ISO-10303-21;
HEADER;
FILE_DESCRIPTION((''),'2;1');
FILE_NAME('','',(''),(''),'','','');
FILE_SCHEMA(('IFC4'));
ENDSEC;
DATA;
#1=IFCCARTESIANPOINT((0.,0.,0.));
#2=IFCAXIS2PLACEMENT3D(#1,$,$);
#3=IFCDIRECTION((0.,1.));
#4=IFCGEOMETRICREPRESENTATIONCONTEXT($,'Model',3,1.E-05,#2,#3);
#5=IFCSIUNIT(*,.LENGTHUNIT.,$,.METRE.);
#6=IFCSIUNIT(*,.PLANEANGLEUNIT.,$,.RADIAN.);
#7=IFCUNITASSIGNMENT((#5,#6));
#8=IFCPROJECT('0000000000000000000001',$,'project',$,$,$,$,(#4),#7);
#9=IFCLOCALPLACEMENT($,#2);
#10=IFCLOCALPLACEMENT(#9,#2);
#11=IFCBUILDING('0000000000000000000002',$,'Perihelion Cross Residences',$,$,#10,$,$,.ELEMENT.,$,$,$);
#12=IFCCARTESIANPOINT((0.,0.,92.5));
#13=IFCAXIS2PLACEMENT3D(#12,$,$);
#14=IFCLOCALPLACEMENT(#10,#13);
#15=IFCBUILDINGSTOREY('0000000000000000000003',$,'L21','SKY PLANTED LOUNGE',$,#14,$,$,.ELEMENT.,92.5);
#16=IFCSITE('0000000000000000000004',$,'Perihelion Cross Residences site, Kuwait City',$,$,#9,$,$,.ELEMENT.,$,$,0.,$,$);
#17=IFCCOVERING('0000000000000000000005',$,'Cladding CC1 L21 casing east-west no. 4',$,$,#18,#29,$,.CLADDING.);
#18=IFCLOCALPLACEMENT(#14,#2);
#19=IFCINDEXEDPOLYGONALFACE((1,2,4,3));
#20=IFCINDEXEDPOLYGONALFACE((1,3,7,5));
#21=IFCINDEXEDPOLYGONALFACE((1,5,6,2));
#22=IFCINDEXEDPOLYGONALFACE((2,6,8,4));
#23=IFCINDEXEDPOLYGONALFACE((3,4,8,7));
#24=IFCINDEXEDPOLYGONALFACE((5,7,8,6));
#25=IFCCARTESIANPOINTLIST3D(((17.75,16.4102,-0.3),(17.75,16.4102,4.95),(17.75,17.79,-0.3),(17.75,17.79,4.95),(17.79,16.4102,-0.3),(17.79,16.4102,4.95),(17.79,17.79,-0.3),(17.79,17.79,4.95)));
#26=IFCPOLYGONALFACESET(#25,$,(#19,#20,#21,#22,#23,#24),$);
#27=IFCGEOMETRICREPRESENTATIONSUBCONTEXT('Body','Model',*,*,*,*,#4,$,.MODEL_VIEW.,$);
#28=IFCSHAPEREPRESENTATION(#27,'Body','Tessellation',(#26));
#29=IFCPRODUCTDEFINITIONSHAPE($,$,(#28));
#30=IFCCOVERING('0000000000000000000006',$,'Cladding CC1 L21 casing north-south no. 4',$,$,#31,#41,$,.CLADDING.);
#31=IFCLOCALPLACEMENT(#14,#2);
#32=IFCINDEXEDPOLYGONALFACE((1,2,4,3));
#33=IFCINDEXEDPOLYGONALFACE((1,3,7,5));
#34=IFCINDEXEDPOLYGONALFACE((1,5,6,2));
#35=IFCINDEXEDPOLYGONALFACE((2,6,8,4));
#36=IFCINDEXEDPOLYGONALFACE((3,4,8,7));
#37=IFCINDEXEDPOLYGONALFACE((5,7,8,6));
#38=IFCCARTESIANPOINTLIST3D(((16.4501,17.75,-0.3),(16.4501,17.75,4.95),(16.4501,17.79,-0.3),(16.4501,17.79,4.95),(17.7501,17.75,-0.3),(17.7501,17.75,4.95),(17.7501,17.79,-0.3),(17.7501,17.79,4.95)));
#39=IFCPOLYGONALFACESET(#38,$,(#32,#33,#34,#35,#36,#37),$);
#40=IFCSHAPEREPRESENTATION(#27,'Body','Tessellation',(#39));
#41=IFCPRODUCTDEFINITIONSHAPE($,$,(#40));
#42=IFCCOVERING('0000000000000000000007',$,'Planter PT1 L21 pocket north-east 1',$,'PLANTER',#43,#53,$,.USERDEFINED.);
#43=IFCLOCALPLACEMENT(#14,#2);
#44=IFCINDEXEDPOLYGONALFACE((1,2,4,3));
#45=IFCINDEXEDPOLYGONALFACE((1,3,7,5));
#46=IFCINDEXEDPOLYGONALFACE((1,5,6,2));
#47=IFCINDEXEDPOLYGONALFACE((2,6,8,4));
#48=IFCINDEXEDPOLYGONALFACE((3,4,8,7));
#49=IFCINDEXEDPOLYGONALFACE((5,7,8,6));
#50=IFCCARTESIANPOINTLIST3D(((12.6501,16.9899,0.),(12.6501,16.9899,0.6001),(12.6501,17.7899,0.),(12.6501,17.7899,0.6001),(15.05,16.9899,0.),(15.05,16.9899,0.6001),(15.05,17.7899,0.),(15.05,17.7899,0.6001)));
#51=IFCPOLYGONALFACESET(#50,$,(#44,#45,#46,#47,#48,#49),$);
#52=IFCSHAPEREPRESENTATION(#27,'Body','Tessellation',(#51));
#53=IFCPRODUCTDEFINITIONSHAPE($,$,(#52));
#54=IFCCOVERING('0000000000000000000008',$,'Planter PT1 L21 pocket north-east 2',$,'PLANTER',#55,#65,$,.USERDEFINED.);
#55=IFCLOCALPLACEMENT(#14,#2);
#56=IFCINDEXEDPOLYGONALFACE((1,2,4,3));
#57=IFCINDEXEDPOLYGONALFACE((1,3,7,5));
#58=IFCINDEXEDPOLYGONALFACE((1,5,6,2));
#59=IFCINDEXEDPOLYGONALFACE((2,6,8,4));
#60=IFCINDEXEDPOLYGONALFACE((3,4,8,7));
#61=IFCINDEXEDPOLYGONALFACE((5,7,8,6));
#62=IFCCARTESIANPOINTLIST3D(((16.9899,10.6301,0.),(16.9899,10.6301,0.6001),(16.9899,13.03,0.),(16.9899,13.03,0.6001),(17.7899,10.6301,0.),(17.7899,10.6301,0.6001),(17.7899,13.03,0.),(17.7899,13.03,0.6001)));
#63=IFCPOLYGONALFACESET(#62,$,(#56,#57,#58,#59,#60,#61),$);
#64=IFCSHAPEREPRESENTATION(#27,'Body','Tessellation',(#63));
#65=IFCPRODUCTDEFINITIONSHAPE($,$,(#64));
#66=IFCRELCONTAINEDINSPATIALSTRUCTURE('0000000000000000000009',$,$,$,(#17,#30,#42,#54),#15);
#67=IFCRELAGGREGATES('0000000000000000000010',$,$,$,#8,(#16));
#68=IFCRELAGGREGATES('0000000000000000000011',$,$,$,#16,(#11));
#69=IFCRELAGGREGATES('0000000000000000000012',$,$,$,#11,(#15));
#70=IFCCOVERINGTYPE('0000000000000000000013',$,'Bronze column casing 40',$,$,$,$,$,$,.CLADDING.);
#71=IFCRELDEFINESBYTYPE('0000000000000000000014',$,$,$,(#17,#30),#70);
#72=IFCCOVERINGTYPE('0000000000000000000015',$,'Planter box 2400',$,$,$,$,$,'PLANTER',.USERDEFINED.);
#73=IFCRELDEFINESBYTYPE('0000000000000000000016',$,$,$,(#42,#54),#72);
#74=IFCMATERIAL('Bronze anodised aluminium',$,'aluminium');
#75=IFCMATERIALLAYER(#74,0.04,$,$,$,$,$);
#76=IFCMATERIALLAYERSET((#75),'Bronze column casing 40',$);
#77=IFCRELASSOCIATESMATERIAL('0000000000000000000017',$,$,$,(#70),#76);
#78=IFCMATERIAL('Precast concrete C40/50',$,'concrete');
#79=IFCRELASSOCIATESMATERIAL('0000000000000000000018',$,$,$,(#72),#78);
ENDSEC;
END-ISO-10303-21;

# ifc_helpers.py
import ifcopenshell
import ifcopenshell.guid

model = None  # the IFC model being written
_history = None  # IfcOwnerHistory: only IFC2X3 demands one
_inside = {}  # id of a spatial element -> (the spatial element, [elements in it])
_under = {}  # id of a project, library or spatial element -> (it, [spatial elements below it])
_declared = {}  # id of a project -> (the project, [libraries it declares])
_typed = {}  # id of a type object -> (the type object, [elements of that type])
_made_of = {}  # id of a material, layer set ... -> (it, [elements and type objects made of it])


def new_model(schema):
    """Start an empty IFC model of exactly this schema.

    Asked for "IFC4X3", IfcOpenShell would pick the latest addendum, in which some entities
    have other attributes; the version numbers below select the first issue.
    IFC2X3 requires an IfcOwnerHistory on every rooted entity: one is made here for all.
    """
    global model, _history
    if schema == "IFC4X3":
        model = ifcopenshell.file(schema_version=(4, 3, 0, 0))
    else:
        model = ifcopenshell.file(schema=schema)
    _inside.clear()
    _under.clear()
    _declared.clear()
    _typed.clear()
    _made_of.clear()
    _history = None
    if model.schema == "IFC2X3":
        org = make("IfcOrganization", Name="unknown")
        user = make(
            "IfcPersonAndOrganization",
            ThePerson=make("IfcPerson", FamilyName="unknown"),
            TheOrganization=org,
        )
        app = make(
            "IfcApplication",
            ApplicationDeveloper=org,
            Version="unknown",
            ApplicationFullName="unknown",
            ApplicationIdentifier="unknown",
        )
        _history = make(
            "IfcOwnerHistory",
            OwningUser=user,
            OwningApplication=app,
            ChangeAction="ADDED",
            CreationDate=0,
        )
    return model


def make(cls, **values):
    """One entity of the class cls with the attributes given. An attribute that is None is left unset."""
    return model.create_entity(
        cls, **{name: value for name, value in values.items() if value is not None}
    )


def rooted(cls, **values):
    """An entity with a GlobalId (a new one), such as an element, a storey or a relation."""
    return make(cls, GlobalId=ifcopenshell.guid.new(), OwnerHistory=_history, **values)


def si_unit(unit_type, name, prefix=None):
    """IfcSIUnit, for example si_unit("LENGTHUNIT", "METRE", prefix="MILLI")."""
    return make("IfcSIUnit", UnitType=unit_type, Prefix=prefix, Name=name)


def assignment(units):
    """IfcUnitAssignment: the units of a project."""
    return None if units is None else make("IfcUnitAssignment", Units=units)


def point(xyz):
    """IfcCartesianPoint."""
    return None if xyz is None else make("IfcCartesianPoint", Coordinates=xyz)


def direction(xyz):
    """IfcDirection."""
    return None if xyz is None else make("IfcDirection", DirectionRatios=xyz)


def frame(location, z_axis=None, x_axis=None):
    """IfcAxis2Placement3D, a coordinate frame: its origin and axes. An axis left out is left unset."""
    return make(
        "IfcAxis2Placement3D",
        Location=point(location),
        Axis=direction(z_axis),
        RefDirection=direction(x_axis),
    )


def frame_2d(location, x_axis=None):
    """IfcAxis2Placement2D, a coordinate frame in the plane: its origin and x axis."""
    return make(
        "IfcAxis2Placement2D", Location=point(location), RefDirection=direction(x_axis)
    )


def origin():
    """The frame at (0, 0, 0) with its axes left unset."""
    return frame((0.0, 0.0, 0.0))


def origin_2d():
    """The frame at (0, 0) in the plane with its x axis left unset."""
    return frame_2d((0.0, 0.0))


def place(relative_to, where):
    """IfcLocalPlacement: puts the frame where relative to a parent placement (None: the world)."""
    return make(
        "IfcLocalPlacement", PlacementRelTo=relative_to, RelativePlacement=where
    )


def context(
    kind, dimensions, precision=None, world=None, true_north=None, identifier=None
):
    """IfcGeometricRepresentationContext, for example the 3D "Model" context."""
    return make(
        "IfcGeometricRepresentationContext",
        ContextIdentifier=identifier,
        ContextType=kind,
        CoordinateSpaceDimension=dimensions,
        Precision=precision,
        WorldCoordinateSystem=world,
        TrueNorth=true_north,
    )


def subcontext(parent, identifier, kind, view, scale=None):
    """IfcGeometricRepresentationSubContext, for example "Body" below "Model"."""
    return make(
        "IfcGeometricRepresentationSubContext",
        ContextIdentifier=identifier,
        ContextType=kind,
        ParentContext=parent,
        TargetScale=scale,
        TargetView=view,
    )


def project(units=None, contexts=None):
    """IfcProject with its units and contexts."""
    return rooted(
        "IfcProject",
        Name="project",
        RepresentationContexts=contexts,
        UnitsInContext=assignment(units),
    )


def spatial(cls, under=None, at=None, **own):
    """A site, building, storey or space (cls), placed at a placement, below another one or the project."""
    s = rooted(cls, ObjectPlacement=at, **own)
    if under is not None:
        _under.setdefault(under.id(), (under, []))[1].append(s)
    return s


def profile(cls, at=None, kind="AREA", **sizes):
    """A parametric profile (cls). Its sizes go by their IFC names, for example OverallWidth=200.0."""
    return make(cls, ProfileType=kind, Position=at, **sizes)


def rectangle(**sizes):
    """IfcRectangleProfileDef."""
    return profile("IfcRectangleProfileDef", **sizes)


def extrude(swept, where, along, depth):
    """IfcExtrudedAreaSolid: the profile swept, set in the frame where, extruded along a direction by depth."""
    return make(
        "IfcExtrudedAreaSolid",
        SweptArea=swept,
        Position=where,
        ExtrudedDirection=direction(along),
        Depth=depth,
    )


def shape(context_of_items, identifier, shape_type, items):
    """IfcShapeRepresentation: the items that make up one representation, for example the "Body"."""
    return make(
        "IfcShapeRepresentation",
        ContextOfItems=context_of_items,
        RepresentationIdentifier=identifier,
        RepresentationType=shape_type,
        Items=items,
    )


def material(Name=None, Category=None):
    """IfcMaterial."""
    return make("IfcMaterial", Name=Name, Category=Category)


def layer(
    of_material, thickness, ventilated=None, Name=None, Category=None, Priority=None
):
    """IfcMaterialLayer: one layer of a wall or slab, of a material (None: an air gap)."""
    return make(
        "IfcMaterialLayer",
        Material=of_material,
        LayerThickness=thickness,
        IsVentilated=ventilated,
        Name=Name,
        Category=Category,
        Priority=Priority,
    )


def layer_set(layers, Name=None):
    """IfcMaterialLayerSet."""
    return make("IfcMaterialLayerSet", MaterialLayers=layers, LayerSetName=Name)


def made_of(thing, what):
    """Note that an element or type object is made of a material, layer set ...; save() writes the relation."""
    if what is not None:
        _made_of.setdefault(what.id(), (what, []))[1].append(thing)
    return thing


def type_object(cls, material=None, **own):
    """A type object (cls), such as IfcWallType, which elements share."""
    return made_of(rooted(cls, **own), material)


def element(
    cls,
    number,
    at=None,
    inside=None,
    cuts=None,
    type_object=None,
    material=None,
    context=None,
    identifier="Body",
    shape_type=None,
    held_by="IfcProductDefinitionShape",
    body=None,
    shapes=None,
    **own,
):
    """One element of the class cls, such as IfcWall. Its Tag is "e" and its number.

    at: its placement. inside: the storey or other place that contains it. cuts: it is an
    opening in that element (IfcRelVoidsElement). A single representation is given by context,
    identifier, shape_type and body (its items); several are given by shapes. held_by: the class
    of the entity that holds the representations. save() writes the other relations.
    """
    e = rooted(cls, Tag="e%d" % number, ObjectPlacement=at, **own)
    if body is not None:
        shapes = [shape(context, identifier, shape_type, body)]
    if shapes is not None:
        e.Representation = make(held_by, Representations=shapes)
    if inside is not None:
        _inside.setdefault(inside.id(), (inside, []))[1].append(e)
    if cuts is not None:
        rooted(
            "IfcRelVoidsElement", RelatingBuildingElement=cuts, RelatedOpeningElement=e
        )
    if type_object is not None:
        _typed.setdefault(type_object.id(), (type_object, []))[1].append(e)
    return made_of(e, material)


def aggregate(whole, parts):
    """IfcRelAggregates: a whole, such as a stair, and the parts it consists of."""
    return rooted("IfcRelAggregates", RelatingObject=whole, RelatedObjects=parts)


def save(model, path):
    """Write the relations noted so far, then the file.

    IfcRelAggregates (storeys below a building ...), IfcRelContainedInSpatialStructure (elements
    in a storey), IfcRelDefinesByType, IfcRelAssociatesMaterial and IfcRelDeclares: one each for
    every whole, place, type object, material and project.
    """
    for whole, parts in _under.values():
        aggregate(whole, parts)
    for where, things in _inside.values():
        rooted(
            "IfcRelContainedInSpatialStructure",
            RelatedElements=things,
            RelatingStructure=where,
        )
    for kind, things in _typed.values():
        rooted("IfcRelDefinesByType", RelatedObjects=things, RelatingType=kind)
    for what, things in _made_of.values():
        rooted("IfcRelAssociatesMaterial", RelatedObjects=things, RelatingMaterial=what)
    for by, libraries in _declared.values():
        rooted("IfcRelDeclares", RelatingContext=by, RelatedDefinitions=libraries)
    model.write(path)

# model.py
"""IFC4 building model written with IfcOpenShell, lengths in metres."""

from ifc_helpers import new_model, si_unit, direction, frame, origin, origin_2d, place, context, subcontext, project, spatial, rectangle, extrude, material, layer, layer_set, type_object, element, save


model = new_model("IFC4")

# Units and contexts
model_context = context("Model", 3, precision=1e-05, world=origin(), true_north=direction((0.0, 1.0)))
body_context = subcontext(model_context, "Body", "Model", "MODEL_VIEW")
ifc_project = project(units=[si_unit("LENGTHUNIT", "METRE"), si_unit("PLANEANGLEUNIT", "RADIAN")], contexts=[model_context])

# Site, building, storey
site_placement = place(None, origin())
site = spatial("IfcSite", under=ifc_project, at=site_placement, Name="Perihelion Cross Residences site, Kuwait City", CompositionType="ELEMENT", RefElevation=0.0)
building_placement = place(site_placement, origin())
building = spatial("IfcBuilding", under=site, at=building_placement, Name="Perihelion Cross Residences", CompositionType="ELEMENT")
storey_placement = place(building_placement, frame((0.0, 0.0, 92.5)))
storey = spatial("IfcBuildingStorey", under=building, at=storey_placement, Name="L21", Description="SKY PLANTED LOUNGE", CompositionType="ELEMENT", Elevation=92.5)

# Coverings
ifc_material_1 = material(Name="Bronze anodised aluminium", Category="aluminium")
ifc_layer_1 = layer(ifc_material_1, 0.04)
ifc_layer_set_1 = layer_set([ifc_layer_1], Name="Bronze column casing 40")
covering_type_1 = type_object("IfcCoveringType", Name="Bronze column casing 40", PredefinedType="CLADDING", material=ifc_layer_set_1)
covering_1_placement = place(storey_placement, frame((17.77, 17.1001, -0.3), z_axis=(0.0, 0.0, 1.0), x_axis=(1.0, 0.0, 0.0)))
element("IfcCovering", 1, at=covering_1_placement, inside=storey, type_object=covering_type_1, Name="Cladding CC1 L21 casing east-west no. 4", PredefinedType="CLADDING", context=body_context, shape_type="SweptSolid", body=[
    extrude(rectangle(XDim=0.04, YDim=1.3799, at=origin_2d()), origin(), (0.0, 0.0, 1.0), 5.25),
])
covering_2_placement = place(storey_placement, frame((17.1001, 17.77, -0.3), z_axis=(0.0, 0.0, 1.0), x_axis=(1.0, 0.0, 0.0)))
element("IfcCovering", 2, at=covering_2_placement, inside=storey, type_object=covering_type_1, Name="Cladding CC1 L21 casing north-south no. 4", PredefinedType="CLADDING", context=body_context, shape_type="SweptSolid", body=[
    extrude(rectangle(XDim=1.3, YDim=0.04, at=origin_2d()), origin(), (0.0, 0.0, 1.0), 5.25),
])
ifc_material_2 = material(Name="Precast concrete C40/50", Category="concrete")
covering_type_2 = type_object("IfcCoveringType", Name="Planter box 2400", ElementType="PLANTER", PredefinedType="USERDEFINED", material=ifc_material_2)
for number, where, z_axis, x_axis, name in (
    (3, (13.8501, 17.3899, 0.0), (0.0, 0.0, 1.0), (1.0, 0.0, 0.0), "Planter PT1 L21 pocket north-east 1"),
    (4, (17.3899, 11.8301, 0.0), (0.0, 0.0, 1.0), (0.0, -1.0, 0.0), "Planter PT1 L21 pocket north-east 2"),
):
    element("IfcCovering", number, at=place(storey_placement, frame(where, z_axis=z_axis, x_axis=x_axis)), inside=storey, type_object=covering_type_2, Name=name, ObjectType="PLANTER", PredefinedType="USERDEFINED", context=body_context, shape_type="SweptSolid", body=[
        extrude(rectangle(XDim=2.3999, YDim=0.8, at=origin_2d()), origin(), (0.0, 0.0, 1.0), 0.6001),
    ])

save(model, "model.ifc")
